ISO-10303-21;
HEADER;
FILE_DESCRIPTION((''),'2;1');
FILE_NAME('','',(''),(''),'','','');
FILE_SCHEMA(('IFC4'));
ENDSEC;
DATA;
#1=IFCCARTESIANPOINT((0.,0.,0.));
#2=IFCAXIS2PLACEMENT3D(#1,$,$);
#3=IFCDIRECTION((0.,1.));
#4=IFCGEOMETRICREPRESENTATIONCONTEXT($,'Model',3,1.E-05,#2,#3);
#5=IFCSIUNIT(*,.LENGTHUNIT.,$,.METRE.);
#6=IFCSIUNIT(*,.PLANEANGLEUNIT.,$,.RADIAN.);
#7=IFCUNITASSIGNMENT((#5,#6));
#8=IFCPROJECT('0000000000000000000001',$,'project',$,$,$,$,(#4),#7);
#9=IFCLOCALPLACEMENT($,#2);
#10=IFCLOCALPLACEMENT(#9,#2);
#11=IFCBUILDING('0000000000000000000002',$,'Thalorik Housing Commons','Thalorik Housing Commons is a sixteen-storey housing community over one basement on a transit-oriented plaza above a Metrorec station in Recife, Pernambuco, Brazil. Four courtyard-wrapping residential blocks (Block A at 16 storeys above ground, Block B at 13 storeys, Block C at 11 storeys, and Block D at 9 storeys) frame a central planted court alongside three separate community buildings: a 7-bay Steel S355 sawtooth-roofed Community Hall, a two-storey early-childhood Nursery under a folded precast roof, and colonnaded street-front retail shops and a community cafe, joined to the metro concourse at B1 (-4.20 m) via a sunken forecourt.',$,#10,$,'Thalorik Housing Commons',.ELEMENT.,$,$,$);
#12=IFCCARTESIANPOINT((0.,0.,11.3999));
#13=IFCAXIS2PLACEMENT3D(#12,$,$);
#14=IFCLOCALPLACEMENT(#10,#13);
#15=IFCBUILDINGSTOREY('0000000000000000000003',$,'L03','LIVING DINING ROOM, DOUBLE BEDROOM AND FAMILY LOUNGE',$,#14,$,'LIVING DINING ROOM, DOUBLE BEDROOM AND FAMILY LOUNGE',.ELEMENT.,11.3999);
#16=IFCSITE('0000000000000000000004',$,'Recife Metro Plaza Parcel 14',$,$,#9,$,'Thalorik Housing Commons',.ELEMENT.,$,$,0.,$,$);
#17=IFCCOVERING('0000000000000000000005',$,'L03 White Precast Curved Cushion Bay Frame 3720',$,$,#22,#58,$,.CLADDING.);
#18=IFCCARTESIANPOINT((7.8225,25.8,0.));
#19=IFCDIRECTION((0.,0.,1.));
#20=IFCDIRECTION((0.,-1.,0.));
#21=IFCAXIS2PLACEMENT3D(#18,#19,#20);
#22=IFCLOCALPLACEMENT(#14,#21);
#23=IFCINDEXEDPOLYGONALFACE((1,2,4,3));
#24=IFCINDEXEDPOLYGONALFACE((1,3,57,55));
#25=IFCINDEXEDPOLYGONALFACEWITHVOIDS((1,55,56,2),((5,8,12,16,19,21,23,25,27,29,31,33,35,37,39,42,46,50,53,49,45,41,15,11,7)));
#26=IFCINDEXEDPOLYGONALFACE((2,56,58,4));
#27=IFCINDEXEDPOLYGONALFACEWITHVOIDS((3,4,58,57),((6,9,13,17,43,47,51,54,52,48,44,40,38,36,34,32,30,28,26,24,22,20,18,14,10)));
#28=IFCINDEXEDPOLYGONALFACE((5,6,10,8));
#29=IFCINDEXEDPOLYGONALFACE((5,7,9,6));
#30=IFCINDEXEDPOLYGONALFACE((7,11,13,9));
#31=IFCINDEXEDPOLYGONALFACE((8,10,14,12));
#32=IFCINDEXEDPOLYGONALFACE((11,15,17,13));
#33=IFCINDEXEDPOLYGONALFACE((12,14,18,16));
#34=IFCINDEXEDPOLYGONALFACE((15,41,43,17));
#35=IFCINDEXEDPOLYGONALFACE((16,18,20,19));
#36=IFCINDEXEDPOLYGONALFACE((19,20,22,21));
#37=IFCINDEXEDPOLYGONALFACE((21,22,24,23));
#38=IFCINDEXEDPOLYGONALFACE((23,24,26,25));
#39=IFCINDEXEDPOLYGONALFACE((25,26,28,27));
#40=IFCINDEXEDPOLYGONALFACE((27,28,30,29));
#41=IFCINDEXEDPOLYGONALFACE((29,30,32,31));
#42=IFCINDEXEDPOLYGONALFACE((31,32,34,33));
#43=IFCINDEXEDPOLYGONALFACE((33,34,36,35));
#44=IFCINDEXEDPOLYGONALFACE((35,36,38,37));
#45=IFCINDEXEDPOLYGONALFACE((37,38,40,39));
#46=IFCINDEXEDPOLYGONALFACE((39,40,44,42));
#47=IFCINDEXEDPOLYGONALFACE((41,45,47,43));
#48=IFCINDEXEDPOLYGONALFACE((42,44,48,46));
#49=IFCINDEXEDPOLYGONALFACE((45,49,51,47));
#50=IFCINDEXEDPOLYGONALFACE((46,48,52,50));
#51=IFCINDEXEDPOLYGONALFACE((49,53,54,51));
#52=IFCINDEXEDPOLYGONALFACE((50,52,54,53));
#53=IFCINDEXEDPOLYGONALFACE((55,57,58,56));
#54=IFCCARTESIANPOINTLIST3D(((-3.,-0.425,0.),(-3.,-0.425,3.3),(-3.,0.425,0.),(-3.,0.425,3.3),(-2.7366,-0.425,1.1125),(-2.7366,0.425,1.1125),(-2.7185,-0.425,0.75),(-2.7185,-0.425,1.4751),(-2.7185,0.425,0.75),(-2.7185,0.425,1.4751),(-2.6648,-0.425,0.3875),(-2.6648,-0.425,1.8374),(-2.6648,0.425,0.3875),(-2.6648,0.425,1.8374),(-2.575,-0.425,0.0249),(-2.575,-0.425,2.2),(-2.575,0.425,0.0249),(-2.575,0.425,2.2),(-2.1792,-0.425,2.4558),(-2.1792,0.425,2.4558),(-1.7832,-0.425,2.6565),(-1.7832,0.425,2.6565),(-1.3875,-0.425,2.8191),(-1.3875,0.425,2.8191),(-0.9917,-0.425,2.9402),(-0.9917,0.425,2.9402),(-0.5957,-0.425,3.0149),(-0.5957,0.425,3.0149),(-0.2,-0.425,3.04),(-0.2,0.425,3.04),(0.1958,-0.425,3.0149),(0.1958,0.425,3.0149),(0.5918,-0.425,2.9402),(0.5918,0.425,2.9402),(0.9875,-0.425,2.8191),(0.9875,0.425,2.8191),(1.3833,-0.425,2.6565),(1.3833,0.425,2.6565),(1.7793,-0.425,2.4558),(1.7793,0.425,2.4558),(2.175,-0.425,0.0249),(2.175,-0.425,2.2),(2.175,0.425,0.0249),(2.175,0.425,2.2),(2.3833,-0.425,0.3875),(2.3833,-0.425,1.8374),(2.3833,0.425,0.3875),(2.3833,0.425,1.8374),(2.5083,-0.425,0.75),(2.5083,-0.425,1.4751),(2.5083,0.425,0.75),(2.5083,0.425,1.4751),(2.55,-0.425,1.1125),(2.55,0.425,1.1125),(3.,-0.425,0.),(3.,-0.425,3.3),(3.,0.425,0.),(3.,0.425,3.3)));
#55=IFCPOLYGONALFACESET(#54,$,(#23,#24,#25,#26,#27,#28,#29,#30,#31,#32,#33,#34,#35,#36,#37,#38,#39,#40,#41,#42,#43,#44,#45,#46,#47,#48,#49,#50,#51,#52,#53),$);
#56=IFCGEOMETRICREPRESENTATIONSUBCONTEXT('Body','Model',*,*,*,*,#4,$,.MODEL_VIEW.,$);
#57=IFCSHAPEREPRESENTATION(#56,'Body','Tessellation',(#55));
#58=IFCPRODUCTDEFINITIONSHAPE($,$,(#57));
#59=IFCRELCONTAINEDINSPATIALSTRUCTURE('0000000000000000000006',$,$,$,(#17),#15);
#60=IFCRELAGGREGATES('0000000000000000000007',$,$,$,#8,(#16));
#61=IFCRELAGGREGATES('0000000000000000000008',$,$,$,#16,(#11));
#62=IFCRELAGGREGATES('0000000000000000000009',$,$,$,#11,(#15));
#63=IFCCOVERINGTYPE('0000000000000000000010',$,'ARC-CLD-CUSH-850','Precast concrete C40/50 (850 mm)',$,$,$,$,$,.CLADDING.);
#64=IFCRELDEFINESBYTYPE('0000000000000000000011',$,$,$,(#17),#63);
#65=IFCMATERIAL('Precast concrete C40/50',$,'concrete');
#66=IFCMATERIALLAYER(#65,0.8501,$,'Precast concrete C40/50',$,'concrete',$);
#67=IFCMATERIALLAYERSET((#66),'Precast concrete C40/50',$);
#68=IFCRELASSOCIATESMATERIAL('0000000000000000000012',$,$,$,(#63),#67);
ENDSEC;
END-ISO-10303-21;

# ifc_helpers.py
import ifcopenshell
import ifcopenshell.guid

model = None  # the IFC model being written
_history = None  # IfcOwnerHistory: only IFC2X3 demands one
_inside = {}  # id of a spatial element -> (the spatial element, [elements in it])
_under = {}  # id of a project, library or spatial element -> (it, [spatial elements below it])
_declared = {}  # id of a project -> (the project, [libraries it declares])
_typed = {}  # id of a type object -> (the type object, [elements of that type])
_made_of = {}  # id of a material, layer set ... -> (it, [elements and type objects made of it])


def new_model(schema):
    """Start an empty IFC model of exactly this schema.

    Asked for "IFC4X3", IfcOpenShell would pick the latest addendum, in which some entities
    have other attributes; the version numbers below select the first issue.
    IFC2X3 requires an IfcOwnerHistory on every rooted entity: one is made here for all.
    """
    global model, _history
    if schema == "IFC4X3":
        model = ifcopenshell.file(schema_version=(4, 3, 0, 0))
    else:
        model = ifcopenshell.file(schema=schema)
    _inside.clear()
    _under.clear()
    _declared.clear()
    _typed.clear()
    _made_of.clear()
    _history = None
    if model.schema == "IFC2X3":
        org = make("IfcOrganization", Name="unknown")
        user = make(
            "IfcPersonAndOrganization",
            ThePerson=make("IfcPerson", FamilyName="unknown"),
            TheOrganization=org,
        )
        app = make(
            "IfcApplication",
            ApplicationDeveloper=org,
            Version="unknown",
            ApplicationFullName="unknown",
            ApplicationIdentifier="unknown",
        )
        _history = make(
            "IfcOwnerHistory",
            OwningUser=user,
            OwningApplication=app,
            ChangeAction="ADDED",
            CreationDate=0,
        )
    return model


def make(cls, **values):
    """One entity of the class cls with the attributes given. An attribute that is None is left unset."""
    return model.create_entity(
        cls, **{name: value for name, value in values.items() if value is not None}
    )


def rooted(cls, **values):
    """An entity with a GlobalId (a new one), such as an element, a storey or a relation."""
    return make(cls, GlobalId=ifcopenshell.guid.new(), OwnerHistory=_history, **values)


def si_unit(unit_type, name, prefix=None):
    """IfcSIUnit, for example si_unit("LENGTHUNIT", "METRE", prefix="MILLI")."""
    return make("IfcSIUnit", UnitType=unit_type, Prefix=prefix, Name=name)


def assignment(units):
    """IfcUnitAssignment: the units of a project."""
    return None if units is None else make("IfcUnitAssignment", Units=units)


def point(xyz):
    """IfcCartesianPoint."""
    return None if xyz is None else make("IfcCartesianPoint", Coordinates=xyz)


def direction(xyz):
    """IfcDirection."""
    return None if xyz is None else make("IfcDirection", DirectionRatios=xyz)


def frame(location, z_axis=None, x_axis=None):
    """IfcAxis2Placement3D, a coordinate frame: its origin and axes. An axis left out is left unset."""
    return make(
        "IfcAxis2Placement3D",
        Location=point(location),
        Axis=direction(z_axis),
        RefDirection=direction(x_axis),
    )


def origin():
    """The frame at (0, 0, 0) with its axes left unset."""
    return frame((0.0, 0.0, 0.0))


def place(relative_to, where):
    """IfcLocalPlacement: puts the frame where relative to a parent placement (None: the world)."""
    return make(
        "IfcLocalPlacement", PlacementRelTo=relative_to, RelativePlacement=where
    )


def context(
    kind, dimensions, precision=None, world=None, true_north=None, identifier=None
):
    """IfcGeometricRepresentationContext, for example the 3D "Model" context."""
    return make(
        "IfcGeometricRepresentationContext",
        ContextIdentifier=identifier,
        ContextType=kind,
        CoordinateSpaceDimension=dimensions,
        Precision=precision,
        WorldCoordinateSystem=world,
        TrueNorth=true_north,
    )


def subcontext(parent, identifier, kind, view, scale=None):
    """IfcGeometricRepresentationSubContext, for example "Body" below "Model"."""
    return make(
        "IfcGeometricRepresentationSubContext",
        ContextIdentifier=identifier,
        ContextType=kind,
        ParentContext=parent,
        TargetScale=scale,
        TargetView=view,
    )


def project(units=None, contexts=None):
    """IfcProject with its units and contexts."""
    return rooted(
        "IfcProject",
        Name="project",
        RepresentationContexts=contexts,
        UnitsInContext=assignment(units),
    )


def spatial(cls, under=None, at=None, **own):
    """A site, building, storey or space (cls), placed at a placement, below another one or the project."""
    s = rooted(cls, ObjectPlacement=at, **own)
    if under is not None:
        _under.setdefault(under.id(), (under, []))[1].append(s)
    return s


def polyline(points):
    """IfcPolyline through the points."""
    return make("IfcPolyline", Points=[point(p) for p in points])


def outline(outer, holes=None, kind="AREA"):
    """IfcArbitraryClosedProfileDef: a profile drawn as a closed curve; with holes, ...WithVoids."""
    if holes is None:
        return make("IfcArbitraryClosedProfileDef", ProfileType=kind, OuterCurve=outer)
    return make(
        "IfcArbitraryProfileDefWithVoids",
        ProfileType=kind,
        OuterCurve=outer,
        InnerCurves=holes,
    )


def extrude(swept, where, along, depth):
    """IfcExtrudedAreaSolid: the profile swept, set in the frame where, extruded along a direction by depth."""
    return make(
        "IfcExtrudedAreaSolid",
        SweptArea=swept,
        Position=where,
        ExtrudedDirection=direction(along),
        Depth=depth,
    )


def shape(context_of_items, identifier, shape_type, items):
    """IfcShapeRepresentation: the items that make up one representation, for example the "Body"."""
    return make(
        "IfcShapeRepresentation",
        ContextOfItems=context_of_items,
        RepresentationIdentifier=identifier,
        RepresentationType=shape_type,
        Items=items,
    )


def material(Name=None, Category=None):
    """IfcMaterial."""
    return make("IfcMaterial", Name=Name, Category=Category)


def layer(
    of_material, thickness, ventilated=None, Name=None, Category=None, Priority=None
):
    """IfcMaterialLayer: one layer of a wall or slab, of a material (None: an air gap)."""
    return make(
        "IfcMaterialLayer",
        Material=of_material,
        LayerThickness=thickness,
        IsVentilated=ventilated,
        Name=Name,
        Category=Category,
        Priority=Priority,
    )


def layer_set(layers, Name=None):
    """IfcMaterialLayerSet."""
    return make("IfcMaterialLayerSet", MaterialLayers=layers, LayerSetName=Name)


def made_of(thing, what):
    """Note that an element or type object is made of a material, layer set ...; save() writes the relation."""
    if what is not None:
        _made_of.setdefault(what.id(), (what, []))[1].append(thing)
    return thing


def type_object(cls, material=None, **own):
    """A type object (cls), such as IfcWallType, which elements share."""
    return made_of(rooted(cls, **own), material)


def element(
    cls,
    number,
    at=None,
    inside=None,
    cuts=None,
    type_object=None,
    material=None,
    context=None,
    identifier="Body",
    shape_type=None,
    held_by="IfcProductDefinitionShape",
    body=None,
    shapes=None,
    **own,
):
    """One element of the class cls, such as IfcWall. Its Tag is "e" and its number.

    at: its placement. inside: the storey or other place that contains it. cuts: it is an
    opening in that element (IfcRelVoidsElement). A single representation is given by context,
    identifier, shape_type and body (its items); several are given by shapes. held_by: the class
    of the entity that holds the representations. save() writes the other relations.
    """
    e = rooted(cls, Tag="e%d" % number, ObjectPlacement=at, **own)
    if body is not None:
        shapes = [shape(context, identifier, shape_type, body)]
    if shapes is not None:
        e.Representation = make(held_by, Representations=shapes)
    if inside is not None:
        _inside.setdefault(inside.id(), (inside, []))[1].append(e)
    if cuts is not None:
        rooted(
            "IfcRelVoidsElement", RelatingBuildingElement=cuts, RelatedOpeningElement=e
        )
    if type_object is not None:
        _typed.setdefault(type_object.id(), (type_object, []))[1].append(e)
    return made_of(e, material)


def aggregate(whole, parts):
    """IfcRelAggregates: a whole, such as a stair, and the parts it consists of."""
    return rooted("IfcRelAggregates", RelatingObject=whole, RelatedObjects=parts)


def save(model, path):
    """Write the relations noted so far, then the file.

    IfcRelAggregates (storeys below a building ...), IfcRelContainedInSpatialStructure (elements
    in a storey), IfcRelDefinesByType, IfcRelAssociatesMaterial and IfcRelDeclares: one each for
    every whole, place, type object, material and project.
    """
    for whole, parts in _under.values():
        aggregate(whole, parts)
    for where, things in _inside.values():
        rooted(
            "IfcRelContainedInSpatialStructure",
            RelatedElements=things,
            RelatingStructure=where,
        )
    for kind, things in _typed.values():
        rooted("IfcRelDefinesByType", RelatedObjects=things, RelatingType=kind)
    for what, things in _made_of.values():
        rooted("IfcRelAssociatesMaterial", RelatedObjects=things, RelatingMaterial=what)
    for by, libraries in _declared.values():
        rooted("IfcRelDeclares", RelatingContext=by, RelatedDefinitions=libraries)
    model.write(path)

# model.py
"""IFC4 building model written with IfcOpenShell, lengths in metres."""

from ifc_helpers import new_model, si_unit, direction, frame, origin, place, context, subcontext, project, spatial, polyline, outline, extrude, material, layer, layer_set, type_object, element, save


model = new_model("IFC4")

# Units and contexts
model_context = context("Model", 3, precision=1e-05, world=origin(), true_north=direction((0.0, 1.0)))
body_context = subcontext(model_context, "Body", "Model", "MODEL_VIEW")
ifc_project = project(units=[si_unit("LENGTHUNIT", "METRE"), si_unit("PLANEANGLEUNIT", "RADIAN")], contexts=[model_context])

# Site, building, storey
site_placement = place(None, origin())
site = spatial("IfcSite", under=ifc_project, at=site_placement, Name="Recife Metro Plaza Parcel 14", LongName="Thalorik Housing Commons", CompositionType="ELEMENT", RefElevation=0.0)
building_placement = place(site_placement, origin())
building = spatial("IfcBuilding", under=site, at=building_placement, Name="Thalorik Housing Commons", Description="Thalorik Housing Commons is a sixteen-storey housing community over one basement on a transit-oriented plaza above a Metrorec station in Recife, Pernambuco, Brazil. Four courtyard-wrapping residential blocks (Block A at 16 storeys above ground, Block B at 13 storeys, Block C at 11 storeys, and Block D at 9 storeys) frame a central planted court alongside three separate community buildings: a 7-bay Steel S355 sawtooth-roofed Community Hall, a two-storey early-childhood Nursery under a folded precast roof, and colonnaded street-front retail shops and a community cafe, joined to the metro concourse at B1 (-4.20 m) via a sunken forecourt.", LongName="Thalorik Housing Commons", CompositionType="ELEMENT")
storey_placement = place(building_placement, frame((0.0, 0.0, 11.3999)))
storey = spatial("IfcBuildingStorey", under=building, at=storey_placement, Name="L03", Description="LIVING DINING ROOM, DOUBLE BEDROOM AND FAMILY LOUNGE", LongName="LIVING DINING ROOM, DOUBLE BEDROOM AND FAMILY LOUNGE", CompositionType="ELEMENT", Elevation=11.3999)

# Shared definitions
ifc_material_1 = material(Name="Precast concrete C40/50", Category="concrete")

# Covering
ifc_layer_1 = layer(ifc_material_1, 0.8501, Name="Precast concrete C40/50", Category="concrete")
ifc_layer_set_1 = layer_set([ifc_layer_1], Name="Precast concrete C40/50")
covering_type_1 = type_object("IfcCoveringType", Name="ARC-CLD-CUSH-850", Description="Precast concrete C40/50 (850 mm)", PredefinedType="CLADDING", material=ifc_layer_set_1)
covering_1_placement = place(storey_placement, frame((7.8225, 25.8, 0.0), z_axis=(0.0, 0.0, 1.0), x_axis=(0.0, -1.0, 0.0)))
element("IfcCovering", 1, at=covering_1_placement, inside=storey, type_object=covering_type_1, Name="L03 White Precast Curved Cushion Bay Frame 3720", PredefinedType="CLADDING", context=body_context, shape_type="SweptSolid", body=[
    extrude(outline(polyline([(-3.0, 0.0), (3.0, 0.0), (3.0, 3.3), (-3.0, 3.3), (-3.0, 0.0)]), holes=[polyline([(2.175, 0.0249), (2.3833, 0.3875), (2.5083, 0.75), (2.55, 1.1125), (2.5083, 1.4751), (2.3833, 1.8374), (2.175, 2.2), (1.7793, 2.4558), (1.3833, 2.6565), (0.9875, 2.8191), (0.5918, 2.9402), (0.1958, 3.0149), (-0.2, 3.04), (-0.5957, 3.0149), (-0.9917, 2.9402), (-1.3875, 2.8191), (-1.7832, 2.6565), (-2.1792, 2.4558), (-2.575, 2.2), (-2.6648, 1.8374), (-2.7185, 1.4751), (-2.7366, 1.1125), (-2.7185, 0.75), (-2.6648, 0.3875), (-2.575, 0.0249), (2.175, 0.0249)])]), frame((0.0, 0.425, 0.0), z_axis=(0.0, -1.0, 0.0), x_axis=(1.0, 0.0, 0.0)), (0.0, 0.0, 1.0), 0.8501),
])

save(model, "model.ifc")
